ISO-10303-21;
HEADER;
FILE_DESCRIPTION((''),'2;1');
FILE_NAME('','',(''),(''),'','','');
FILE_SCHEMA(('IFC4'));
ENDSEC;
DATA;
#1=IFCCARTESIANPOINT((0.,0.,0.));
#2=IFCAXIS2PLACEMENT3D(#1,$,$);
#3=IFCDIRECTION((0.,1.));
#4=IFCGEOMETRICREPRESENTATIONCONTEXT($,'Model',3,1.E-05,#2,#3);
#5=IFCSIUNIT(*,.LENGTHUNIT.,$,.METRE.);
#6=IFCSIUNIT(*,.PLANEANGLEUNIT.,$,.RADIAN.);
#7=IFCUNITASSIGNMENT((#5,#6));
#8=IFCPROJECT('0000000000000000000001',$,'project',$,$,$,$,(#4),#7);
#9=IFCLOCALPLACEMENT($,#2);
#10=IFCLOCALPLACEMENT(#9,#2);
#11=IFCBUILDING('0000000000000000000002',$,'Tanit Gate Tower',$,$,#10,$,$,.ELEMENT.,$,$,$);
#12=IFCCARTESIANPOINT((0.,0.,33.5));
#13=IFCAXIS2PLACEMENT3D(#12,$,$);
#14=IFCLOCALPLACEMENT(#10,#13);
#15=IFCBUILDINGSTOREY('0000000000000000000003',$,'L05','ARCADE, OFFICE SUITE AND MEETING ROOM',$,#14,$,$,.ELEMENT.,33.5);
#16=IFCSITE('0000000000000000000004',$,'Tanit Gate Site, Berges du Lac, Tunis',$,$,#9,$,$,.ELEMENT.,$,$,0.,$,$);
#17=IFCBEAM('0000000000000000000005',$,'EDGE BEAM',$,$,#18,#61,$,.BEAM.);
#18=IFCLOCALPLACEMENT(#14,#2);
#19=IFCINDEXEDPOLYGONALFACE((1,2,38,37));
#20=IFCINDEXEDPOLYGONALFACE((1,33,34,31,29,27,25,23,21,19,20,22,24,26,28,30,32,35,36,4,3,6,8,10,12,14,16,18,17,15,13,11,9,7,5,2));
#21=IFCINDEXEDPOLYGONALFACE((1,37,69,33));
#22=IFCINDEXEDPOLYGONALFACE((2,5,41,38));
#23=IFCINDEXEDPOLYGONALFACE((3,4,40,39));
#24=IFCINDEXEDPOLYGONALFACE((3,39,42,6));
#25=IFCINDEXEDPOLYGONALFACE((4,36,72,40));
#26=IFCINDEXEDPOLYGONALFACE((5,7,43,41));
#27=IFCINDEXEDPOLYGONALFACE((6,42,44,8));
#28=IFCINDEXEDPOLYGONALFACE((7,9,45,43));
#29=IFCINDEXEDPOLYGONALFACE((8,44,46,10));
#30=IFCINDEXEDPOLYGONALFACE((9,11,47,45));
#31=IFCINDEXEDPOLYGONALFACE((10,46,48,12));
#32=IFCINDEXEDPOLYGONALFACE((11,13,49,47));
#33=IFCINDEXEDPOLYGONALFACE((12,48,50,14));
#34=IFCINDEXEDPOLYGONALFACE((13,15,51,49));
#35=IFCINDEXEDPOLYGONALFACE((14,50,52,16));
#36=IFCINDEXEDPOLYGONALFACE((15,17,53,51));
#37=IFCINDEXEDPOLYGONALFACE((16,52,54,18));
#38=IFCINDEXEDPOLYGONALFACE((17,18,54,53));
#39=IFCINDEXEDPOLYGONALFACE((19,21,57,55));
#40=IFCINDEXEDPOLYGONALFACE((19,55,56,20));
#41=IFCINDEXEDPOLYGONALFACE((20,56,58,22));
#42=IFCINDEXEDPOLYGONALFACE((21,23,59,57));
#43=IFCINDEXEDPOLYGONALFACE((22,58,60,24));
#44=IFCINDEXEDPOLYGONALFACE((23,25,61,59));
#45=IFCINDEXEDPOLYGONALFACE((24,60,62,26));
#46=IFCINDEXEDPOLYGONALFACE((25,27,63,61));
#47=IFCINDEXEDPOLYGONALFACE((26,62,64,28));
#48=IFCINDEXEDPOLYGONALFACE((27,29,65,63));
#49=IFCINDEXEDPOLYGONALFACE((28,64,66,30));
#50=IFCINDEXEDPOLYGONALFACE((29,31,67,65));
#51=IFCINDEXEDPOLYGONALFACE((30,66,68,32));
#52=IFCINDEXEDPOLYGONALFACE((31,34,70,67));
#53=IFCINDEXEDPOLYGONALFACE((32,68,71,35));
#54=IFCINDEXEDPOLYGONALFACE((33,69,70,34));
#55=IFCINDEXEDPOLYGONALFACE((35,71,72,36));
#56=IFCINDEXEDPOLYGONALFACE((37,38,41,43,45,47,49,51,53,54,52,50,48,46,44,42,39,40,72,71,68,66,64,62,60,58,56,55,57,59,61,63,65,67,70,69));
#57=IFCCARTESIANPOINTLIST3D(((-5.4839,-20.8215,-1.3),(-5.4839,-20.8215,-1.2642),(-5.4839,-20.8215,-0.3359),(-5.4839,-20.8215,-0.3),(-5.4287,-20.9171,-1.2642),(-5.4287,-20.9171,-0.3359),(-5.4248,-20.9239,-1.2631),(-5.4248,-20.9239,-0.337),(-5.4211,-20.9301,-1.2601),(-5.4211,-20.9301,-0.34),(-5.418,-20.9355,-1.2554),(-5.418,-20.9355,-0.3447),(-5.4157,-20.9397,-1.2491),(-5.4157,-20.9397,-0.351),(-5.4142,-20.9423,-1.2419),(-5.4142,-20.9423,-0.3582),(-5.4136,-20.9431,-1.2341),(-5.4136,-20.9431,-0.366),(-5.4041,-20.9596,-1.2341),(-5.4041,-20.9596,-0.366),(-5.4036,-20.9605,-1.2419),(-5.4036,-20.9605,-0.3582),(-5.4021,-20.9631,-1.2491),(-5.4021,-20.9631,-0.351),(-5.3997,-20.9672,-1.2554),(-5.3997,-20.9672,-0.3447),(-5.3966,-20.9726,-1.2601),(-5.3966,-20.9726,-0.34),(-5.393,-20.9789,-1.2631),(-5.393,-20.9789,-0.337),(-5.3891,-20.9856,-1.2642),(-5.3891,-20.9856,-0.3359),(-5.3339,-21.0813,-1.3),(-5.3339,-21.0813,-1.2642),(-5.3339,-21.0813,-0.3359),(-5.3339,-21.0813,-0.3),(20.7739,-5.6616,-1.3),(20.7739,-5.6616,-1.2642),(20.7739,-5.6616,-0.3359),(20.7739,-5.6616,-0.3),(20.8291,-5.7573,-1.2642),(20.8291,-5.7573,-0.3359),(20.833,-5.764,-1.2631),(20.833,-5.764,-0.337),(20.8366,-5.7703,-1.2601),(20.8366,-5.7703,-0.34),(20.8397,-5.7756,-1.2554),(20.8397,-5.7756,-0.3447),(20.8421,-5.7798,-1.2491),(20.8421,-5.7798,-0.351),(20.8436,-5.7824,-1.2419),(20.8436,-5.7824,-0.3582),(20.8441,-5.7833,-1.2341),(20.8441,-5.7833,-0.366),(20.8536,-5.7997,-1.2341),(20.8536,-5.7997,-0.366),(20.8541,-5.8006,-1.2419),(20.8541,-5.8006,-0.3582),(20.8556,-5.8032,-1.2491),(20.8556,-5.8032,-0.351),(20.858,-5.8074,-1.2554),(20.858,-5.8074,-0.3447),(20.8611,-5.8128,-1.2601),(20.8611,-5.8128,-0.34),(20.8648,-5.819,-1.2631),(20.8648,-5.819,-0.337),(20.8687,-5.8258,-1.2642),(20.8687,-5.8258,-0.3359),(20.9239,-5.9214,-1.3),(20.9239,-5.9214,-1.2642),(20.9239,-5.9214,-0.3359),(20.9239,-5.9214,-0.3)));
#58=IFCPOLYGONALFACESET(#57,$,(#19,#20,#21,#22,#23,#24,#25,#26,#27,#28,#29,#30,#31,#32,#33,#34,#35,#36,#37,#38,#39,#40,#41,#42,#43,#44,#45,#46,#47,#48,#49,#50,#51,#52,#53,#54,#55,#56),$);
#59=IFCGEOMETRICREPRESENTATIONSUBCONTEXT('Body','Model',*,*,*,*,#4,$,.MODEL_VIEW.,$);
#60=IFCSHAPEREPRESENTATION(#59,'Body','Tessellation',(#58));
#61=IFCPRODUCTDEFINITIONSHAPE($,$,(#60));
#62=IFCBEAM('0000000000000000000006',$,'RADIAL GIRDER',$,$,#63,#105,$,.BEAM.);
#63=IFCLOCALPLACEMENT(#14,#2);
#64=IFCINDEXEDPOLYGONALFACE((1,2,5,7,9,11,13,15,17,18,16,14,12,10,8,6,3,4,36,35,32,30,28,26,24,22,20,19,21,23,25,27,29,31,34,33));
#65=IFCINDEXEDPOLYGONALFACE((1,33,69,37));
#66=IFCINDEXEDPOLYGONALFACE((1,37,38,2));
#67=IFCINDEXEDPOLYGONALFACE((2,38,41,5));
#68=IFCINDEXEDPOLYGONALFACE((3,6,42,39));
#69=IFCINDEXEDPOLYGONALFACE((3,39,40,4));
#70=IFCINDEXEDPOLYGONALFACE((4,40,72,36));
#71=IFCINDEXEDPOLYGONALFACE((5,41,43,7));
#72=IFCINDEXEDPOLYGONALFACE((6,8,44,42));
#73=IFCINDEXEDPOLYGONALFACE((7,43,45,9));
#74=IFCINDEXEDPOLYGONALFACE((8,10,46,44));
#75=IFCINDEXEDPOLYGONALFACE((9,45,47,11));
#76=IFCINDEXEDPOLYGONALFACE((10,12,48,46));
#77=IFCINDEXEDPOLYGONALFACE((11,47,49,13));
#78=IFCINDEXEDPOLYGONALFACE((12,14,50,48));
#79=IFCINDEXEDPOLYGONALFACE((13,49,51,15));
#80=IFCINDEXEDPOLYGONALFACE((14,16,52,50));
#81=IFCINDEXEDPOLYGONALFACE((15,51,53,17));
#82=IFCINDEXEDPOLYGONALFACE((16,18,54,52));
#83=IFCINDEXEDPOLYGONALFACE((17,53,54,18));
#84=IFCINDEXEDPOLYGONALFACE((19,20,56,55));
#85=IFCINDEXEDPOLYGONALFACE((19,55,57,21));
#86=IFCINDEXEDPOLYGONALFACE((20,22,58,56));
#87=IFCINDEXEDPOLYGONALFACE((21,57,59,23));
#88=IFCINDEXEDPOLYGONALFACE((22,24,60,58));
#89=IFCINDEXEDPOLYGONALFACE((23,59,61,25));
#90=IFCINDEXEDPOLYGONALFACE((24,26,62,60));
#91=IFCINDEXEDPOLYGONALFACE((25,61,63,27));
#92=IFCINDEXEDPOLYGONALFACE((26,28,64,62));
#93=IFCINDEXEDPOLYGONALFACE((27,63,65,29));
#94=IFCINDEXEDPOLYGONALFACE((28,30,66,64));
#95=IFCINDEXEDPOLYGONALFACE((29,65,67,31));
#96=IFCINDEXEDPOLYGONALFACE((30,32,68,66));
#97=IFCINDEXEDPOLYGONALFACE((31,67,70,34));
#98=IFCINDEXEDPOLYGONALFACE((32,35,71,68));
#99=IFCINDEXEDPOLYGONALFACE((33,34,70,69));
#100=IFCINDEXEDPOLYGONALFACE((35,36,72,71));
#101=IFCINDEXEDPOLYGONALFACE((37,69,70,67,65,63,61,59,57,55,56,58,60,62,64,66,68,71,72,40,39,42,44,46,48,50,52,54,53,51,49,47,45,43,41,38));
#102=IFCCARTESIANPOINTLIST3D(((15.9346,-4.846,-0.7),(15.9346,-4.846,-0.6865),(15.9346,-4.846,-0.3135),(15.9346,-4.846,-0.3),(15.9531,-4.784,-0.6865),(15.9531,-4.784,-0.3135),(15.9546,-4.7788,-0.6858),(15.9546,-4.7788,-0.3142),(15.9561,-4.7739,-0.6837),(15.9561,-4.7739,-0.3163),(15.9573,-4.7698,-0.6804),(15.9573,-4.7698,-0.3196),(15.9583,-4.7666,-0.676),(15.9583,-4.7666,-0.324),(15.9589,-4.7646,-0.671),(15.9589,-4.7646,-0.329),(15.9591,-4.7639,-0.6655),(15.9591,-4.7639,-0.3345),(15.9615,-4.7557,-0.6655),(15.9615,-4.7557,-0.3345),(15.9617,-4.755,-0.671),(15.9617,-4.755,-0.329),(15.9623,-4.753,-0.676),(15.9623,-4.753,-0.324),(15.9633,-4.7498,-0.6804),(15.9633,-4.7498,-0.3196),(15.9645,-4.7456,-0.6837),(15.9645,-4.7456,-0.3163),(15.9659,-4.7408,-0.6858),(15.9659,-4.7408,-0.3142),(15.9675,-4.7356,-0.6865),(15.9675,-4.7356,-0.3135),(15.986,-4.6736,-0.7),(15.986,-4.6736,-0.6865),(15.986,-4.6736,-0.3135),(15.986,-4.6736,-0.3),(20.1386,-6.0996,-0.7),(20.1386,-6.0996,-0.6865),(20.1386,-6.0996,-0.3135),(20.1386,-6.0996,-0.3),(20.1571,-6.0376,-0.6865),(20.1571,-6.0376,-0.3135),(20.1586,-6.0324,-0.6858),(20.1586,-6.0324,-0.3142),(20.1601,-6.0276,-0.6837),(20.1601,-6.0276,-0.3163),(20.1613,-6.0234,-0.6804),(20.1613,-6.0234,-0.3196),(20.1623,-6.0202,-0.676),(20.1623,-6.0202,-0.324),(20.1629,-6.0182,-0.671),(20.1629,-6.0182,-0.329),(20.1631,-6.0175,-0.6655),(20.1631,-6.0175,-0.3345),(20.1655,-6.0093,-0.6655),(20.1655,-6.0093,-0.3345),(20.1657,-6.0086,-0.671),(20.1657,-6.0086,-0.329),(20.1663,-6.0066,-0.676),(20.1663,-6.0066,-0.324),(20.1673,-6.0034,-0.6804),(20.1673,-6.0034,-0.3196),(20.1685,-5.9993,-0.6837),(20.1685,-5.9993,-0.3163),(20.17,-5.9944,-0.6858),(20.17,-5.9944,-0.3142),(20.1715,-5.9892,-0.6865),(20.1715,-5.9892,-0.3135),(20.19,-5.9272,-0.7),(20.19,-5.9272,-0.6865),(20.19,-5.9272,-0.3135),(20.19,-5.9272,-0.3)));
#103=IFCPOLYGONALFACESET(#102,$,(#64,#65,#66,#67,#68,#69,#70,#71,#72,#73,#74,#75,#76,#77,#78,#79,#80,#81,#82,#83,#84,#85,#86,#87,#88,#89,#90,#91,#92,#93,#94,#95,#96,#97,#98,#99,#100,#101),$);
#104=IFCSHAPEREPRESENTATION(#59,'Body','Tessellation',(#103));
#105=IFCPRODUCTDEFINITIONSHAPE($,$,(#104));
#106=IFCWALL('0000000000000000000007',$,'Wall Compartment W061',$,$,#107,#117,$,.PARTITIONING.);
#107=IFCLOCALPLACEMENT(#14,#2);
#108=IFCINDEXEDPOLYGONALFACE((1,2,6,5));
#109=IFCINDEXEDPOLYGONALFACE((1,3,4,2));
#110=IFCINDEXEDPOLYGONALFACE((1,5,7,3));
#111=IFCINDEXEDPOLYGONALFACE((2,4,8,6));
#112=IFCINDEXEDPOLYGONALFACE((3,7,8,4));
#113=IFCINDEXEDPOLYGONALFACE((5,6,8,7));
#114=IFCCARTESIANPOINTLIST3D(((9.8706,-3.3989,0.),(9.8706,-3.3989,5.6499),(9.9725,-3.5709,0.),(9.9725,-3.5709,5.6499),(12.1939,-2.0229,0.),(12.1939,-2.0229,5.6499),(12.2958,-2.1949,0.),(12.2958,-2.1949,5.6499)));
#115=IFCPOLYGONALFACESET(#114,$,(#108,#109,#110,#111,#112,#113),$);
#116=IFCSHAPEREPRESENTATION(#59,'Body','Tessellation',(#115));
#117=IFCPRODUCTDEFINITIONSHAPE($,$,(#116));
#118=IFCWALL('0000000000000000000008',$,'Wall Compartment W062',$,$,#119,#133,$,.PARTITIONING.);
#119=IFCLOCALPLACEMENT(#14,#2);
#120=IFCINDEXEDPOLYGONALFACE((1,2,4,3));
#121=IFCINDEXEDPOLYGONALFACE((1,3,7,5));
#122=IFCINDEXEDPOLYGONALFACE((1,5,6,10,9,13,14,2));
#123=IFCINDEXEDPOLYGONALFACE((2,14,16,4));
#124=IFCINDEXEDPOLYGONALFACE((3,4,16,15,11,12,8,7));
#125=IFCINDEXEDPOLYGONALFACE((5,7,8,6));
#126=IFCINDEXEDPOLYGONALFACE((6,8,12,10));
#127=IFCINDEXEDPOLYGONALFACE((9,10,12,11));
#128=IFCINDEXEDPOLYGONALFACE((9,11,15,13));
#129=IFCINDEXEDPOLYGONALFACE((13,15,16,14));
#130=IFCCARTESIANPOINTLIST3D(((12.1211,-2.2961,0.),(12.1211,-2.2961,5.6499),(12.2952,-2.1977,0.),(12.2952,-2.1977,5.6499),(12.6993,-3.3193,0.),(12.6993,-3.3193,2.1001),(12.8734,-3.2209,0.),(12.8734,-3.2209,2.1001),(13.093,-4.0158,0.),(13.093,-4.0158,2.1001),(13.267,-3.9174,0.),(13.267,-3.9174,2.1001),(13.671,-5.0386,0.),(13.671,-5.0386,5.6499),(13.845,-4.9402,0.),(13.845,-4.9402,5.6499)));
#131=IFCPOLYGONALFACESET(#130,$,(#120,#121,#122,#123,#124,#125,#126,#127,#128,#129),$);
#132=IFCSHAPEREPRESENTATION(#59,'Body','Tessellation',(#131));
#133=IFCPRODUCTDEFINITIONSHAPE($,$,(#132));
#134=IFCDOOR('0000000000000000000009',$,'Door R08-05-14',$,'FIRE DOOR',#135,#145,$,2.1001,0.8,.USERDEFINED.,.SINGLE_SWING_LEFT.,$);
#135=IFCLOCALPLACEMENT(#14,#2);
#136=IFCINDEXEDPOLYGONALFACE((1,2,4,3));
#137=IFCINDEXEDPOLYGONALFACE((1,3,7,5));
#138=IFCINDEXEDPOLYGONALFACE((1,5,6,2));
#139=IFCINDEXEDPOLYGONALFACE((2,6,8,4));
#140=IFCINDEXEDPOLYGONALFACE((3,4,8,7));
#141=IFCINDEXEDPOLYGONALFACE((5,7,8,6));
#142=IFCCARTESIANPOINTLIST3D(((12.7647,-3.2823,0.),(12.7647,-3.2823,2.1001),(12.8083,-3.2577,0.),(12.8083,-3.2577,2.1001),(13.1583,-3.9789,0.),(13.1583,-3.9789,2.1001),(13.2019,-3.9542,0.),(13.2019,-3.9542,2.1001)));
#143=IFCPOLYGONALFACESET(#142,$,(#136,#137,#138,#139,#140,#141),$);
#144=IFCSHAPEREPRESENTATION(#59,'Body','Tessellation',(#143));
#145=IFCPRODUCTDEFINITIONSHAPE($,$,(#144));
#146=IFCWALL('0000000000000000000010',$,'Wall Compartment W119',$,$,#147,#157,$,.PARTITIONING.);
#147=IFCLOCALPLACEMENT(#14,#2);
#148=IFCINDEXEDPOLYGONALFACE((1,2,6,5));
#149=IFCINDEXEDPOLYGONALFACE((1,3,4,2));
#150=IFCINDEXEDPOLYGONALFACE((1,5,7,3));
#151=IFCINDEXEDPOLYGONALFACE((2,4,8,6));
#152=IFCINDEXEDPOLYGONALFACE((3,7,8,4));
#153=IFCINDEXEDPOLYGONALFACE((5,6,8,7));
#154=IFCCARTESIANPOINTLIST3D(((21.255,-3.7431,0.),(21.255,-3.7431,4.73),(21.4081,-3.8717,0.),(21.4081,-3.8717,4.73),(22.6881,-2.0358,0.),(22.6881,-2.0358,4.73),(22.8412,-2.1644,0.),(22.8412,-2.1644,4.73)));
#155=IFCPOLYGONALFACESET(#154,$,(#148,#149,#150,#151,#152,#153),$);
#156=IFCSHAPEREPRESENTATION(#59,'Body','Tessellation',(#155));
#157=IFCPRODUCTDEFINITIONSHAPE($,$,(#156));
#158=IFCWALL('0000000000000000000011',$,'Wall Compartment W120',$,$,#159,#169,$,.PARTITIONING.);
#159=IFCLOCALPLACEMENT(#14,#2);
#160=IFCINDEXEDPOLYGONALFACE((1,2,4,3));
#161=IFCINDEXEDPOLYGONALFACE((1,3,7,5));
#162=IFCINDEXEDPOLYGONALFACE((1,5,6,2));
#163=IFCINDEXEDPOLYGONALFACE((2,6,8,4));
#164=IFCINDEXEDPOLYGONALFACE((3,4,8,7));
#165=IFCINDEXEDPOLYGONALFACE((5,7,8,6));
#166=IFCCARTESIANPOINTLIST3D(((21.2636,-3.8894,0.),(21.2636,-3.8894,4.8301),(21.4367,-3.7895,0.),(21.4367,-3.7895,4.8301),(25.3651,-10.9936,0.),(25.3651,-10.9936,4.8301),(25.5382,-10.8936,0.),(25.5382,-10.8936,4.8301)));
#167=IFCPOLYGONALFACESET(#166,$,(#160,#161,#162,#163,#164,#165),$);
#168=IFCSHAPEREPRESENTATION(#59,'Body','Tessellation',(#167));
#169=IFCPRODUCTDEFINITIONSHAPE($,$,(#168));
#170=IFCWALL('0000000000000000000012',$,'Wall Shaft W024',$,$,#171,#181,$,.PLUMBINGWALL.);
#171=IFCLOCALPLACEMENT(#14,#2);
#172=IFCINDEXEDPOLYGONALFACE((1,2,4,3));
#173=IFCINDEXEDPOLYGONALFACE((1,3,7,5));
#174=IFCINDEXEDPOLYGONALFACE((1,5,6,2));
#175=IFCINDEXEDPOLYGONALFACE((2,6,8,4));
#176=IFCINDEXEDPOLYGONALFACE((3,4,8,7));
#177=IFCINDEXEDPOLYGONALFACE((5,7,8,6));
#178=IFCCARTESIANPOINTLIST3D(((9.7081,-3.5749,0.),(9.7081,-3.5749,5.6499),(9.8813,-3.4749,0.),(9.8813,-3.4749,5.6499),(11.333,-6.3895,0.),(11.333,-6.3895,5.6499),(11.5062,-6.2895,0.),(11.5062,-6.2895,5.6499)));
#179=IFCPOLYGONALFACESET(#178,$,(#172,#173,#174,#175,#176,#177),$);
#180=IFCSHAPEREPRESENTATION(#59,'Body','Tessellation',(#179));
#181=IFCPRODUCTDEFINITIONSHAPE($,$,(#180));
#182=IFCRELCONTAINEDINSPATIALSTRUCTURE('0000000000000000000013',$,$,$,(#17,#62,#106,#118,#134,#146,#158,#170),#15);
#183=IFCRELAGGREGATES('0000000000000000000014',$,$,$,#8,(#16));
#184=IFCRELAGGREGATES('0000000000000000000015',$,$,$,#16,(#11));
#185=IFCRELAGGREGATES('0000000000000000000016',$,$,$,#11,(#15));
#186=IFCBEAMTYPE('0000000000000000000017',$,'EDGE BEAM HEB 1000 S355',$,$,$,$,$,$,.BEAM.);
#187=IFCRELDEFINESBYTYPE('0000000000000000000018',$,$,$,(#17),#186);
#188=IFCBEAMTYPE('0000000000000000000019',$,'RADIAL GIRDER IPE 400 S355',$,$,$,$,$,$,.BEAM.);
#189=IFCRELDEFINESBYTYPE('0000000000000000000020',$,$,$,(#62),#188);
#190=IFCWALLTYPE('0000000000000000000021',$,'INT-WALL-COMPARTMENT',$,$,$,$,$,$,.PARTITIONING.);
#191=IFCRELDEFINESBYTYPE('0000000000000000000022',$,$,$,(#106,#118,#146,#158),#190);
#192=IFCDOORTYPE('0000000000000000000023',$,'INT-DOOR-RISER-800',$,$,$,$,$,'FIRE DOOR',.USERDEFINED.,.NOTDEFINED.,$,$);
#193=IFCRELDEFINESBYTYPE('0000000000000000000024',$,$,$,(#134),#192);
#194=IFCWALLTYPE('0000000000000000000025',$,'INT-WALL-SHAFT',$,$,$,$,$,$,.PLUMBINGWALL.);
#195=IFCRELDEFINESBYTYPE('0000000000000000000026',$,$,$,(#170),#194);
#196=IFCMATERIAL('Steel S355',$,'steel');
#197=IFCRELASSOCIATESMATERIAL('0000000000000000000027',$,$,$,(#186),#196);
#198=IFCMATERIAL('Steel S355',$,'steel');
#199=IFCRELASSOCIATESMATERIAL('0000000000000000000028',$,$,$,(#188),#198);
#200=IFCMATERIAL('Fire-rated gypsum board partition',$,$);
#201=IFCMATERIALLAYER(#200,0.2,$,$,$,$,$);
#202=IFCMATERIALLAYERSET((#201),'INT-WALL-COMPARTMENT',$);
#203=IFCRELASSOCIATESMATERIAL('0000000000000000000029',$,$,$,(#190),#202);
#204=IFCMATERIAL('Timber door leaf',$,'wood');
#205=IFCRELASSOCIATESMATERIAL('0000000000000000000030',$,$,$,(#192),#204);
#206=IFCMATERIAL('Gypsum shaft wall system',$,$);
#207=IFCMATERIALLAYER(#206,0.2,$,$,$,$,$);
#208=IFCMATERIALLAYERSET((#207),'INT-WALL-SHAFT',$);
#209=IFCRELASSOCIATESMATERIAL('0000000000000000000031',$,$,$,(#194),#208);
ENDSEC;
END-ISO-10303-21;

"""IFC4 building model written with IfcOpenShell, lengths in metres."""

from ifc_helpers import new_model, si_unit, direction, frame, frame_2d, origin, origin_2d, place, context, subcontext, project, spatial, rectangle, i_section, extrude, material, layer, layer_set, material_profile, profile_set, type_object, element, fill, save


model = new_model("IFC4")

# Units and contexts
model_context = context("Model", 3, precision=1e-05, world=origin(), true_north=direction((0.0, 1.0)))
body_context = subcontext(model_context, "Body", "Model", "MODEL_VIEW")
ifc_project = project(units=[si_unit("LENGTHUNIT", "METRE"), si_unit("PLANEANGLEUNIT", "RADIAN")], contexts=[model_context])

# Site, building, storey
site_placement = place(None, origin())
site = spatial("IfcSite", under=ifc_project, at=site_placement, Name="Tanit Gate Site, Berges du Lac, Tunis", CompositionType="ELEMENT", RefElevation=0.0)
building_placement = place(site_placement, origin())
building = spatial("IfcBuilding", under=site, at=building_placement, Name="Tanit Gate Tower", CompositionType="ELEMENT")
storey_placement = place(building_placement, frame((0.0, 0.0, 33.5)))
storey = spatial("IfcBuildingStorey", under=building, at=storey_placement, Name="L05", Description="ARCADE, OFFICE SUITE AND MEETING ROOM", CompositionType="ELEMENT", Elevation=33.5)

# Beams
ifc_material_1 = material(Name="Steel S355", Category="steel")
ifc_material_profile_1 = material_profile(ifc_material_1, i_section(OverallWidth=0.3, OverallDepth=1.0, WebThickness=0.019, FlangeThickness=0.0359, FilletRadius=0.03, at=origin_2d()), Name="HEB 1000")
ifc_profile_set_1 = profile_set([ifc_material_profile_1], Name="Steel S355")
beam_type_1 = type_object("IfcBeamType", Name="EDGE BEAM HEB 1000 S355", PredefinedType="BEAM", material=ifc_profile_set_1)
beam_1_placement = place(storey_placement, frame((20.8489, -5.7915, -0.8), z_axis=(-0.866026, -0.499999, 0.0), x_axis=(0.499999, -0.866026, 0.0)))
element("IfcBeam", 1, at=beam_1_placement, inside=storey, type_object=beam_type_1, Name="EDGE BEAM", PredefinedType="BEAM", context=body_context, shape_type="SweptSolid", body=[
    extrude(i_section(OverallWidth=0.3, OverallDepth=1.0, WebThickness=0.019, FlangeThickness=0.0359, FilletRadius=0.03, at=origin_2d()), origin(), (0.0, 0.0, 1.0), 30.3198),
])
ifc_material_2 = material(Name="Steel S355", Category="steel")
ifc_material_profile_2 = material_profile(ifc_material_2, i_section(OverallWidth=0.1799, OverallDepth=0.3999, WebThickness=0.0085, FlangeThickness=0.0134, FilletRadius=0.021, at=origin_2d()), Name="IPE 400")
ifc_profile_set_2 = profile_set([ifc_material_profile_2], Name="Steel S355")
beam_type_2 = type_object("IfcBeamType", Name="RADIAL GIRDER IPE 400 S355", PredefinedType="BEAM", material=ifc_profile_set_2)
beam_2_placement = place(storey_placement, frame((20.1643, -6.0134, -0.5), z_axis=(-0.9583, 0.285765, 0.0), x_axis=(-0.285765, -0.9583, 0.0)))
element("IfcBeam", 2, at=beam_2_placement, inside=storey, type_object=beam_type_2, Name="RADIAL GIRDER", PredefinedType="BEAM", context=body_context, shape_type="SweptSolid", body=[
    extrude(i_section(OverallWidth=0.1799, OverallDepth=0.3999, WebThickness=0.0085, FlangeThickness=0.0134, FilletRadius=0.021, at=origin_2d()), origin(), (0.0, 0.0, 1.0), 4.387),
])

# Wall
ifc_material_3 = material(Name="Fire-rated gypsum board partition")
ifc_layer_1 = layer(ifc_material_3, 0.2)
ifc_layer_set_1 = layer_set([ifc_layer_1], Name="INT-WALL-COMPARTMENT")
wall_type_1 = type_object("IfcWallType", Name="INT-WALL-COMPARTMENT", PredefinedType="PARTITIONING", material=ifc_layer_set_1)
wall_1_placement = place(storey_placement, frame((12.2449, -2.1089, 0.0), z_axis=(0.0, 0.0, 1.0), x_axis=(-0.860415, -0.509594, 0.0)))
element("IfcWall", 3, at=wall_1_placement, inside=storey, type_object=wall_type_1, Name="Wall Compartment W061", PredefinedType="PARTITIONING", context=body_context, shape_type="SweptSolid", body=[
    extrude(rectangle(XDim=2.7002, YDim=0.2, at=frame_2d((1.3501, 0.0))), origin(), (0.0, 0.0, 1.0), 5.6499),
])

# Wall, opening, door
wall_2_placement = place(storey_placement, frame((13.7581, -4.9895, 0.0), z_axis=(0.0, 0.0, 1.0), x_axis=(-0.491993, 0.870599, 0.0)))
wall_2 = element("IfcWall", 4, at=wall_2_placement, inside=storey, type_object=wall_type_1, Name="Wall Compartment W062", PredefinedType="PARTITIONING", context=body_context, shape_type="SweptSolid", body=[
    extrude(rectangle(XDim=3.1501, YDim=0.2, at=frame_2d((1.5752, 0.0))), origin(), (0.0, 0.0, 1.0), 5.6499),
])
opening_1_placement = place(wall_2_placement, frame((1.175, 0.0, 0.0)))
opening_1 = element("IfcOpeningElement", 5, at=opening_1_placement, cuts=wall_2, PredefinedType="OPENING", context=body_context, shape_type="SweptSolid", body=[
    extrude(rectangle(XDim=0.8, YDim=2.1001, at=frame_2d((0.3999, 1.05))), frame((0.0, 0.1099, 0.0), z_axis=(0.0, -1.0, 0.0), x_axis=(1.0, 0.0, 0.0)), (0.0, 0.0, 1.0), 0.22),
])
ifc_material_4 = material(Name="Timber door leaf", Category="wood")
door_type_1 = type_object("IfcDoorType", Name="INT-DOOR-RISER-800", ElementType="FIRE DOOR", OperationType="NOTDEFINED", PredefinedType="USERDEFINED", material=ifc_material_4)
door_1_placement = place(opening_1_placement, origin())
door_1 = element("IfcDoor", 6, at=door_1_placement, inside=storey, type_object=door_type_1, Name="Door R08-05-14", ObjectType="FIRE DOOR", OperationType="SINGLE_SWING_LEFT", OverallHeight=2.1001, OverallWidth=0.8, PredefinedType="USERDEFINED", context=body_context, shape_type="SweptSolid", body=[
    extrude(rectangle(XDim=0.8, YDim=2.1001, at=frame_2d((0.3999, 1.05))), frame((0.0, 0.0249, 0.0), z_axis=(0.0, -1.0, 0.0), x_axis=(1.0, 0.0, 0.0)), (0.0, 0.0, 1.0), 0.05),
])
fill(opening_1, door_1)

# Walls
wall_3_placement = place(storey_placement, frame((21.3315, -3.8074, 0.0), z_axis=(0.0, 0.0, 1.0), x_axis=(0.642927, 0.765927, 0.0)))
element("IfcWall", 7, at=wall_3_placement, inside=storey, type_object=wall_type_1, Name="Wall Compartment W119", PredefinedType="PARTITIONING", context=body_context, shape_type="SweptSolid", body=[
    extrude(rectangle(XDim=2.229, YDim=0.2, at=frame_2d((1.1145, 0.0))), origin(), (0.0, 0.0, 1.0), 4.73),
])
wall_4_placement = place(storey_placement, frame((25.4517, -10.9436, 0.0), z_axis=(0.0, 0.0, 1.0), x_axis=(-0.499993, 0.866029, 0.0)))
element("IfcWall", 8, at=wall_4_placement, inside=storey, type_object=wall_type_1, Name="Wall Compartment W120", PredefinedType="PARTITIONING", context=body_context, shape_type="SweptSolid", body=[
    extrude(rectangle(XDim=8.2031, YDim=0.2, at=frame_2d((4.1016, 0.0))), origin(), (0.0, 0.0, 1.0), 4.8301),
])
ifc_material_5 = material(Name="Gypsum shaft wall system")
ifc_layer_2 = layer(ifc_material_5, 0.2)
ifc_layer_set_2 = layer_set([ifc_layer_2], Name="INT-WALL-SHAFT")
wall_type_2 = type_object("IfcWallType", Name="INT-WALL-SHAFT", PredefinedType="PLUMBINGWALL", material=ifc_layer_set_2)
wall_5_placement = place(storey_placement, frame((9.7947, -3.5249, 0.0), z_axis=(0.0, 0.0, 1.0), x_axis=(0.499985, -0.866034, 0.0)))
element("IfcWall", 9, at=wall_5_placement, inside=storey, type_object=wall_type_2, Name="Wall Shaft W024", PredefinedType="PLUMBINGWALL", context=body_context, shape_type="SweptSolid", body=[
    extrude(rectangle(XDim=3.25, YDim=0.2, at=frame_2d((1.625, 0.0))), origin(), (0.0, 0.0, 1.0), 5.6499),
])

save(model, "model.ifc")
